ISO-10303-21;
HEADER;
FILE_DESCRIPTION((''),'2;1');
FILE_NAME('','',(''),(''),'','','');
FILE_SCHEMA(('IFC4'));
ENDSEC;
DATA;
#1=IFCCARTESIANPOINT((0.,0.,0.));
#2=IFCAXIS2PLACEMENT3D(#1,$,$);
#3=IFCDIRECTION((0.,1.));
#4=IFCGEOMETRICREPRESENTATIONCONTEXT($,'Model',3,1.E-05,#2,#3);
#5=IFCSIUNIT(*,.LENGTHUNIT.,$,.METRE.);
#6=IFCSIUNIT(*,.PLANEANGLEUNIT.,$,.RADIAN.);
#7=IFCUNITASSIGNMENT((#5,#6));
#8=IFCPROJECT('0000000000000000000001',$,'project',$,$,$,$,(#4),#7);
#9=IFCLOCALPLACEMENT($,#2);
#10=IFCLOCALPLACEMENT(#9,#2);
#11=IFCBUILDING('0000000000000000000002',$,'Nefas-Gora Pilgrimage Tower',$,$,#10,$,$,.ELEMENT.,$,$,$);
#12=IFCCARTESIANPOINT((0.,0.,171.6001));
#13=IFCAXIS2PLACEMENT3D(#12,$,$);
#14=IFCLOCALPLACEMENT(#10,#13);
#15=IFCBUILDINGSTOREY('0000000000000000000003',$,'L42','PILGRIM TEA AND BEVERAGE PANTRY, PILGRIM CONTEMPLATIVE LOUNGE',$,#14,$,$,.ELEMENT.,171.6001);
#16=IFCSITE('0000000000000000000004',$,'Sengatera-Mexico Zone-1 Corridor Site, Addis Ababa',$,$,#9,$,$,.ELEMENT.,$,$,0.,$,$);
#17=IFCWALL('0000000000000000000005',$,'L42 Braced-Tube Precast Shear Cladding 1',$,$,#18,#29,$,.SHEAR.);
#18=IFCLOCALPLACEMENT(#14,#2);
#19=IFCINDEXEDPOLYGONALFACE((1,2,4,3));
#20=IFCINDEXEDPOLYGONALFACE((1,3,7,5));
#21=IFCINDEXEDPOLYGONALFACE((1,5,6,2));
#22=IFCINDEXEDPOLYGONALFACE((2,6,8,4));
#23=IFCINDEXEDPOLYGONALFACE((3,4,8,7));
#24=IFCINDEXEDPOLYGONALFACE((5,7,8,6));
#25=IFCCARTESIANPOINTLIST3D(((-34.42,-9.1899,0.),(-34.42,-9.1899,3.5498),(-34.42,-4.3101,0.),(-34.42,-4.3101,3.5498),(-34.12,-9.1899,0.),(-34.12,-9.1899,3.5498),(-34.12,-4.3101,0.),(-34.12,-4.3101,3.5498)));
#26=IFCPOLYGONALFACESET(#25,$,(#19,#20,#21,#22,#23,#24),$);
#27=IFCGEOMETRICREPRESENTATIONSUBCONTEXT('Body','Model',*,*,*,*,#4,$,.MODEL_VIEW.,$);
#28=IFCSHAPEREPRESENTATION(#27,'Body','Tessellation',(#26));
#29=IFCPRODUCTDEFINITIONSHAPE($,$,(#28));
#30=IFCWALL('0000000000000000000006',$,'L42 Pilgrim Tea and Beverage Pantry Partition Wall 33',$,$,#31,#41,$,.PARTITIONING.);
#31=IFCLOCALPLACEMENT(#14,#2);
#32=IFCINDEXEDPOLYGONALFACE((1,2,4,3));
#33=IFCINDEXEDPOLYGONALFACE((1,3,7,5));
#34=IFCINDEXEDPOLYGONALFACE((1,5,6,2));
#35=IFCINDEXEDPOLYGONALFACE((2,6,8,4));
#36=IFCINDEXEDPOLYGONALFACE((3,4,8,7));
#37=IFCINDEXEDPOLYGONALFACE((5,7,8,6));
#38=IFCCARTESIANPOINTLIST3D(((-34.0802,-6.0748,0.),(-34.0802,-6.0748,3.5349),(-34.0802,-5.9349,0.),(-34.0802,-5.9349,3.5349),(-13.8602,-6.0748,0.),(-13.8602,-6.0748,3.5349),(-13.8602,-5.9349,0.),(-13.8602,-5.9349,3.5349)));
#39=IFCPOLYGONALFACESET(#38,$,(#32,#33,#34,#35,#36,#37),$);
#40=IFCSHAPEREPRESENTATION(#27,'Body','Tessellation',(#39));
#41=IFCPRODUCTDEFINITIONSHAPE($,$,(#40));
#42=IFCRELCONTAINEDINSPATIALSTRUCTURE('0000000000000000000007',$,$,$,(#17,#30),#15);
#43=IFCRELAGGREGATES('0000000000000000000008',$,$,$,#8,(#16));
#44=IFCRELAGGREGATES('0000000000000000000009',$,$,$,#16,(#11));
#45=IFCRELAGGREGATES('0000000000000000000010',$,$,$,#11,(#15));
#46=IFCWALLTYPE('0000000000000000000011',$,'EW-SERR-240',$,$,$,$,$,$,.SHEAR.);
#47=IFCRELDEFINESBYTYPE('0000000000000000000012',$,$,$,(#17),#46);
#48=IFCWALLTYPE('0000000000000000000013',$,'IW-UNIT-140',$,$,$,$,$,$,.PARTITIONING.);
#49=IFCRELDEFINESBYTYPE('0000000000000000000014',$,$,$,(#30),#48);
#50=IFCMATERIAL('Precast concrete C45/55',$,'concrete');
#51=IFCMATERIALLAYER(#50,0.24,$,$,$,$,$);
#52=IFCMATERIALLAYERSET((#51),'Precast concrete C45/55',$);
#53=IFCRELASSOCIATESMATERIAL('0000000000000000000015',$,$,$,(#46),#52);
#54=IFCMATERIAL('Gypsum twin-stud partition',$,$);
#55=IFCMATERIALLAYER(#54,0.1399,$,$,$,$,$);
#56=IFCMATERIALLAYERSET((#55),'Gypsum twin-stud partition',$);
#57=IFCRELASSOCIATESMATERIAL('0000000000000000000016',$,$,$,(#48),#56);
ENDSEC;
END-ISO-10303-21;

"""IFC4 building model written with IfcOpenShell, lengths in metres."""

from ifc_helpers import new_model, si_unit, direction, frame, frame_2d, origin, place, context, subcontext, project, spatial, rectangle, extrude, source, transform, mapped, material, layer, layer_set, type_object, element, save


model = new_model("IFC4")

# Units and contexts
model_context = context("Model", 3, precision=1e-05, world=origin(), true_north=direction((0.0, 1.0)))
body_context = subcontext(model_context, "Body", "Model", "MODEL_VIEW")
ifc_project = project(units=[si_unit("LENGTHUNIT", "METRE"), si_unit("PLANEANGLEUNIT", "RADIAN")], contexts=[model_context])

# Site, building, storey
site_placement = place(None, origin())
site = spatial("IfcSite", under=ifc_project, at=site_placement, Name="Sengatera-Mexico Zone-1 Corridor Site, Addis Ababa", CompositionType="ELEMENT", RefElevation=0.0)
building_placement = place(site_placement, origin())
building = spatial("IfcBuilding", under=site, at=building_placement, Name="Nefas-Gora Pilgrimage Tower", CompositionType="ELEMENT")
storey_placement = place(building_placement, frame((0.0, 0.0, 171.6001)))
storey = spatial("IfcBuildingStorey", under=building, at=storey_placement, Name="L42", Description="PILGRIM TEA AND BEVERAGE PANTRY, PILGRIM CONTEMPLATIVE LOUNGE", CompositionType="ELEMENT", Elevation=171.6001)

# Shared definitions
ifc_material_1 = material(Name="Precast concrete C45/55", Category="concrete")
ifc_layer_1 = layer(ifc_material_1, 0.24)
ifc_layer_set_1 = layer_set([ifc_layer_1], Name="Precast concrete C45/55")
wall_type_1 = type_object("IfcWallType", Name="EW-SERR-240", PredefinedType="SHEAR", material=ifc_layer_set_1)

# Walls
shared_shape_1 = source(origin(), body_context, "Body", "SweptSolid", [
    extrude(rectangle(XDim=4.8799, YDim=0.3, at=frame_2d((2.4399, 0.0))), origin(), (0.0, 0.0, 1.0), 3.5498),
])
wall_1_placement = place(storey_placement, frame((-34.27, -9.1899, 0.0), z_axis=(0.0, 0.0, 1.0), x_axis=(0.0, 1.0, 0.0)))
element("IfcWall", 1, at=wall_1_placement, inside=storey, type_object=wall_type_1, Name="L42 Braced-Tube Precast Shear Cladding 1", PredefinedType="SHEAR", context=body_context, shape_type="MappedRepresentation", body=[
    mapped(shared_shape_1, transform((0.0, 0.0, 0.0), x_axis=(1.0, 0.0, 0.0), y_axis=(0.0, 1.0, 0.0), z_axis=(0.0, 0.0, 1.0), scale=1.0)),
])
ifc_material_2 = material(Name="Gypsum twin-stud partition")
ifc_layer_2 = layer(ifc_material_2, 0.1399)
ifc_layer_set_2 = layer_set([ifc_layer_2], Name="Gypsum twin-stud partition")
wall_type_2 = type_object("IfcWallType", Name="IW-UNIT-140", PredefinedType="PARTITIONING", material=ifc_layer_set_2)
shared_shape_2 = source(origin(), body_context, "Body", "SweptSolid", [
    extrude(rectangle(XDim=20.22, YDim=0.1399, at=frame_2d((10.1099, 0.0))), origin(), (0.0, 0.0, 1.0), 3.5349),
])
wall_2_placement = place(storey_placement, frame((-34.0801, -6.0049, 0.0), z_axis=(0.0, 0.0, 1.0), x_axis=(1.0, 0.0, 0.0)))
element("IfcWall", 2, at=wall_2_placement, inside=storey, type_object=wall_type_2, Name="L42 Pilgrim Tea and Beverage Pantry Partition Wall 33", PredefinedType="PARTITIONING", context=body_context, shape_type="MappedRepresentation", body=[
    mapped(shared_shape_2, transform((0.0, 0.0, 0.0), x_axis=(1.0, 0.0, 0.0), y_axis=(0.0, 1.0, 0.0), z_axis=(0.0, 0.0, 1.0), scale=1.0)),
])

save(model, "model.ifc")
